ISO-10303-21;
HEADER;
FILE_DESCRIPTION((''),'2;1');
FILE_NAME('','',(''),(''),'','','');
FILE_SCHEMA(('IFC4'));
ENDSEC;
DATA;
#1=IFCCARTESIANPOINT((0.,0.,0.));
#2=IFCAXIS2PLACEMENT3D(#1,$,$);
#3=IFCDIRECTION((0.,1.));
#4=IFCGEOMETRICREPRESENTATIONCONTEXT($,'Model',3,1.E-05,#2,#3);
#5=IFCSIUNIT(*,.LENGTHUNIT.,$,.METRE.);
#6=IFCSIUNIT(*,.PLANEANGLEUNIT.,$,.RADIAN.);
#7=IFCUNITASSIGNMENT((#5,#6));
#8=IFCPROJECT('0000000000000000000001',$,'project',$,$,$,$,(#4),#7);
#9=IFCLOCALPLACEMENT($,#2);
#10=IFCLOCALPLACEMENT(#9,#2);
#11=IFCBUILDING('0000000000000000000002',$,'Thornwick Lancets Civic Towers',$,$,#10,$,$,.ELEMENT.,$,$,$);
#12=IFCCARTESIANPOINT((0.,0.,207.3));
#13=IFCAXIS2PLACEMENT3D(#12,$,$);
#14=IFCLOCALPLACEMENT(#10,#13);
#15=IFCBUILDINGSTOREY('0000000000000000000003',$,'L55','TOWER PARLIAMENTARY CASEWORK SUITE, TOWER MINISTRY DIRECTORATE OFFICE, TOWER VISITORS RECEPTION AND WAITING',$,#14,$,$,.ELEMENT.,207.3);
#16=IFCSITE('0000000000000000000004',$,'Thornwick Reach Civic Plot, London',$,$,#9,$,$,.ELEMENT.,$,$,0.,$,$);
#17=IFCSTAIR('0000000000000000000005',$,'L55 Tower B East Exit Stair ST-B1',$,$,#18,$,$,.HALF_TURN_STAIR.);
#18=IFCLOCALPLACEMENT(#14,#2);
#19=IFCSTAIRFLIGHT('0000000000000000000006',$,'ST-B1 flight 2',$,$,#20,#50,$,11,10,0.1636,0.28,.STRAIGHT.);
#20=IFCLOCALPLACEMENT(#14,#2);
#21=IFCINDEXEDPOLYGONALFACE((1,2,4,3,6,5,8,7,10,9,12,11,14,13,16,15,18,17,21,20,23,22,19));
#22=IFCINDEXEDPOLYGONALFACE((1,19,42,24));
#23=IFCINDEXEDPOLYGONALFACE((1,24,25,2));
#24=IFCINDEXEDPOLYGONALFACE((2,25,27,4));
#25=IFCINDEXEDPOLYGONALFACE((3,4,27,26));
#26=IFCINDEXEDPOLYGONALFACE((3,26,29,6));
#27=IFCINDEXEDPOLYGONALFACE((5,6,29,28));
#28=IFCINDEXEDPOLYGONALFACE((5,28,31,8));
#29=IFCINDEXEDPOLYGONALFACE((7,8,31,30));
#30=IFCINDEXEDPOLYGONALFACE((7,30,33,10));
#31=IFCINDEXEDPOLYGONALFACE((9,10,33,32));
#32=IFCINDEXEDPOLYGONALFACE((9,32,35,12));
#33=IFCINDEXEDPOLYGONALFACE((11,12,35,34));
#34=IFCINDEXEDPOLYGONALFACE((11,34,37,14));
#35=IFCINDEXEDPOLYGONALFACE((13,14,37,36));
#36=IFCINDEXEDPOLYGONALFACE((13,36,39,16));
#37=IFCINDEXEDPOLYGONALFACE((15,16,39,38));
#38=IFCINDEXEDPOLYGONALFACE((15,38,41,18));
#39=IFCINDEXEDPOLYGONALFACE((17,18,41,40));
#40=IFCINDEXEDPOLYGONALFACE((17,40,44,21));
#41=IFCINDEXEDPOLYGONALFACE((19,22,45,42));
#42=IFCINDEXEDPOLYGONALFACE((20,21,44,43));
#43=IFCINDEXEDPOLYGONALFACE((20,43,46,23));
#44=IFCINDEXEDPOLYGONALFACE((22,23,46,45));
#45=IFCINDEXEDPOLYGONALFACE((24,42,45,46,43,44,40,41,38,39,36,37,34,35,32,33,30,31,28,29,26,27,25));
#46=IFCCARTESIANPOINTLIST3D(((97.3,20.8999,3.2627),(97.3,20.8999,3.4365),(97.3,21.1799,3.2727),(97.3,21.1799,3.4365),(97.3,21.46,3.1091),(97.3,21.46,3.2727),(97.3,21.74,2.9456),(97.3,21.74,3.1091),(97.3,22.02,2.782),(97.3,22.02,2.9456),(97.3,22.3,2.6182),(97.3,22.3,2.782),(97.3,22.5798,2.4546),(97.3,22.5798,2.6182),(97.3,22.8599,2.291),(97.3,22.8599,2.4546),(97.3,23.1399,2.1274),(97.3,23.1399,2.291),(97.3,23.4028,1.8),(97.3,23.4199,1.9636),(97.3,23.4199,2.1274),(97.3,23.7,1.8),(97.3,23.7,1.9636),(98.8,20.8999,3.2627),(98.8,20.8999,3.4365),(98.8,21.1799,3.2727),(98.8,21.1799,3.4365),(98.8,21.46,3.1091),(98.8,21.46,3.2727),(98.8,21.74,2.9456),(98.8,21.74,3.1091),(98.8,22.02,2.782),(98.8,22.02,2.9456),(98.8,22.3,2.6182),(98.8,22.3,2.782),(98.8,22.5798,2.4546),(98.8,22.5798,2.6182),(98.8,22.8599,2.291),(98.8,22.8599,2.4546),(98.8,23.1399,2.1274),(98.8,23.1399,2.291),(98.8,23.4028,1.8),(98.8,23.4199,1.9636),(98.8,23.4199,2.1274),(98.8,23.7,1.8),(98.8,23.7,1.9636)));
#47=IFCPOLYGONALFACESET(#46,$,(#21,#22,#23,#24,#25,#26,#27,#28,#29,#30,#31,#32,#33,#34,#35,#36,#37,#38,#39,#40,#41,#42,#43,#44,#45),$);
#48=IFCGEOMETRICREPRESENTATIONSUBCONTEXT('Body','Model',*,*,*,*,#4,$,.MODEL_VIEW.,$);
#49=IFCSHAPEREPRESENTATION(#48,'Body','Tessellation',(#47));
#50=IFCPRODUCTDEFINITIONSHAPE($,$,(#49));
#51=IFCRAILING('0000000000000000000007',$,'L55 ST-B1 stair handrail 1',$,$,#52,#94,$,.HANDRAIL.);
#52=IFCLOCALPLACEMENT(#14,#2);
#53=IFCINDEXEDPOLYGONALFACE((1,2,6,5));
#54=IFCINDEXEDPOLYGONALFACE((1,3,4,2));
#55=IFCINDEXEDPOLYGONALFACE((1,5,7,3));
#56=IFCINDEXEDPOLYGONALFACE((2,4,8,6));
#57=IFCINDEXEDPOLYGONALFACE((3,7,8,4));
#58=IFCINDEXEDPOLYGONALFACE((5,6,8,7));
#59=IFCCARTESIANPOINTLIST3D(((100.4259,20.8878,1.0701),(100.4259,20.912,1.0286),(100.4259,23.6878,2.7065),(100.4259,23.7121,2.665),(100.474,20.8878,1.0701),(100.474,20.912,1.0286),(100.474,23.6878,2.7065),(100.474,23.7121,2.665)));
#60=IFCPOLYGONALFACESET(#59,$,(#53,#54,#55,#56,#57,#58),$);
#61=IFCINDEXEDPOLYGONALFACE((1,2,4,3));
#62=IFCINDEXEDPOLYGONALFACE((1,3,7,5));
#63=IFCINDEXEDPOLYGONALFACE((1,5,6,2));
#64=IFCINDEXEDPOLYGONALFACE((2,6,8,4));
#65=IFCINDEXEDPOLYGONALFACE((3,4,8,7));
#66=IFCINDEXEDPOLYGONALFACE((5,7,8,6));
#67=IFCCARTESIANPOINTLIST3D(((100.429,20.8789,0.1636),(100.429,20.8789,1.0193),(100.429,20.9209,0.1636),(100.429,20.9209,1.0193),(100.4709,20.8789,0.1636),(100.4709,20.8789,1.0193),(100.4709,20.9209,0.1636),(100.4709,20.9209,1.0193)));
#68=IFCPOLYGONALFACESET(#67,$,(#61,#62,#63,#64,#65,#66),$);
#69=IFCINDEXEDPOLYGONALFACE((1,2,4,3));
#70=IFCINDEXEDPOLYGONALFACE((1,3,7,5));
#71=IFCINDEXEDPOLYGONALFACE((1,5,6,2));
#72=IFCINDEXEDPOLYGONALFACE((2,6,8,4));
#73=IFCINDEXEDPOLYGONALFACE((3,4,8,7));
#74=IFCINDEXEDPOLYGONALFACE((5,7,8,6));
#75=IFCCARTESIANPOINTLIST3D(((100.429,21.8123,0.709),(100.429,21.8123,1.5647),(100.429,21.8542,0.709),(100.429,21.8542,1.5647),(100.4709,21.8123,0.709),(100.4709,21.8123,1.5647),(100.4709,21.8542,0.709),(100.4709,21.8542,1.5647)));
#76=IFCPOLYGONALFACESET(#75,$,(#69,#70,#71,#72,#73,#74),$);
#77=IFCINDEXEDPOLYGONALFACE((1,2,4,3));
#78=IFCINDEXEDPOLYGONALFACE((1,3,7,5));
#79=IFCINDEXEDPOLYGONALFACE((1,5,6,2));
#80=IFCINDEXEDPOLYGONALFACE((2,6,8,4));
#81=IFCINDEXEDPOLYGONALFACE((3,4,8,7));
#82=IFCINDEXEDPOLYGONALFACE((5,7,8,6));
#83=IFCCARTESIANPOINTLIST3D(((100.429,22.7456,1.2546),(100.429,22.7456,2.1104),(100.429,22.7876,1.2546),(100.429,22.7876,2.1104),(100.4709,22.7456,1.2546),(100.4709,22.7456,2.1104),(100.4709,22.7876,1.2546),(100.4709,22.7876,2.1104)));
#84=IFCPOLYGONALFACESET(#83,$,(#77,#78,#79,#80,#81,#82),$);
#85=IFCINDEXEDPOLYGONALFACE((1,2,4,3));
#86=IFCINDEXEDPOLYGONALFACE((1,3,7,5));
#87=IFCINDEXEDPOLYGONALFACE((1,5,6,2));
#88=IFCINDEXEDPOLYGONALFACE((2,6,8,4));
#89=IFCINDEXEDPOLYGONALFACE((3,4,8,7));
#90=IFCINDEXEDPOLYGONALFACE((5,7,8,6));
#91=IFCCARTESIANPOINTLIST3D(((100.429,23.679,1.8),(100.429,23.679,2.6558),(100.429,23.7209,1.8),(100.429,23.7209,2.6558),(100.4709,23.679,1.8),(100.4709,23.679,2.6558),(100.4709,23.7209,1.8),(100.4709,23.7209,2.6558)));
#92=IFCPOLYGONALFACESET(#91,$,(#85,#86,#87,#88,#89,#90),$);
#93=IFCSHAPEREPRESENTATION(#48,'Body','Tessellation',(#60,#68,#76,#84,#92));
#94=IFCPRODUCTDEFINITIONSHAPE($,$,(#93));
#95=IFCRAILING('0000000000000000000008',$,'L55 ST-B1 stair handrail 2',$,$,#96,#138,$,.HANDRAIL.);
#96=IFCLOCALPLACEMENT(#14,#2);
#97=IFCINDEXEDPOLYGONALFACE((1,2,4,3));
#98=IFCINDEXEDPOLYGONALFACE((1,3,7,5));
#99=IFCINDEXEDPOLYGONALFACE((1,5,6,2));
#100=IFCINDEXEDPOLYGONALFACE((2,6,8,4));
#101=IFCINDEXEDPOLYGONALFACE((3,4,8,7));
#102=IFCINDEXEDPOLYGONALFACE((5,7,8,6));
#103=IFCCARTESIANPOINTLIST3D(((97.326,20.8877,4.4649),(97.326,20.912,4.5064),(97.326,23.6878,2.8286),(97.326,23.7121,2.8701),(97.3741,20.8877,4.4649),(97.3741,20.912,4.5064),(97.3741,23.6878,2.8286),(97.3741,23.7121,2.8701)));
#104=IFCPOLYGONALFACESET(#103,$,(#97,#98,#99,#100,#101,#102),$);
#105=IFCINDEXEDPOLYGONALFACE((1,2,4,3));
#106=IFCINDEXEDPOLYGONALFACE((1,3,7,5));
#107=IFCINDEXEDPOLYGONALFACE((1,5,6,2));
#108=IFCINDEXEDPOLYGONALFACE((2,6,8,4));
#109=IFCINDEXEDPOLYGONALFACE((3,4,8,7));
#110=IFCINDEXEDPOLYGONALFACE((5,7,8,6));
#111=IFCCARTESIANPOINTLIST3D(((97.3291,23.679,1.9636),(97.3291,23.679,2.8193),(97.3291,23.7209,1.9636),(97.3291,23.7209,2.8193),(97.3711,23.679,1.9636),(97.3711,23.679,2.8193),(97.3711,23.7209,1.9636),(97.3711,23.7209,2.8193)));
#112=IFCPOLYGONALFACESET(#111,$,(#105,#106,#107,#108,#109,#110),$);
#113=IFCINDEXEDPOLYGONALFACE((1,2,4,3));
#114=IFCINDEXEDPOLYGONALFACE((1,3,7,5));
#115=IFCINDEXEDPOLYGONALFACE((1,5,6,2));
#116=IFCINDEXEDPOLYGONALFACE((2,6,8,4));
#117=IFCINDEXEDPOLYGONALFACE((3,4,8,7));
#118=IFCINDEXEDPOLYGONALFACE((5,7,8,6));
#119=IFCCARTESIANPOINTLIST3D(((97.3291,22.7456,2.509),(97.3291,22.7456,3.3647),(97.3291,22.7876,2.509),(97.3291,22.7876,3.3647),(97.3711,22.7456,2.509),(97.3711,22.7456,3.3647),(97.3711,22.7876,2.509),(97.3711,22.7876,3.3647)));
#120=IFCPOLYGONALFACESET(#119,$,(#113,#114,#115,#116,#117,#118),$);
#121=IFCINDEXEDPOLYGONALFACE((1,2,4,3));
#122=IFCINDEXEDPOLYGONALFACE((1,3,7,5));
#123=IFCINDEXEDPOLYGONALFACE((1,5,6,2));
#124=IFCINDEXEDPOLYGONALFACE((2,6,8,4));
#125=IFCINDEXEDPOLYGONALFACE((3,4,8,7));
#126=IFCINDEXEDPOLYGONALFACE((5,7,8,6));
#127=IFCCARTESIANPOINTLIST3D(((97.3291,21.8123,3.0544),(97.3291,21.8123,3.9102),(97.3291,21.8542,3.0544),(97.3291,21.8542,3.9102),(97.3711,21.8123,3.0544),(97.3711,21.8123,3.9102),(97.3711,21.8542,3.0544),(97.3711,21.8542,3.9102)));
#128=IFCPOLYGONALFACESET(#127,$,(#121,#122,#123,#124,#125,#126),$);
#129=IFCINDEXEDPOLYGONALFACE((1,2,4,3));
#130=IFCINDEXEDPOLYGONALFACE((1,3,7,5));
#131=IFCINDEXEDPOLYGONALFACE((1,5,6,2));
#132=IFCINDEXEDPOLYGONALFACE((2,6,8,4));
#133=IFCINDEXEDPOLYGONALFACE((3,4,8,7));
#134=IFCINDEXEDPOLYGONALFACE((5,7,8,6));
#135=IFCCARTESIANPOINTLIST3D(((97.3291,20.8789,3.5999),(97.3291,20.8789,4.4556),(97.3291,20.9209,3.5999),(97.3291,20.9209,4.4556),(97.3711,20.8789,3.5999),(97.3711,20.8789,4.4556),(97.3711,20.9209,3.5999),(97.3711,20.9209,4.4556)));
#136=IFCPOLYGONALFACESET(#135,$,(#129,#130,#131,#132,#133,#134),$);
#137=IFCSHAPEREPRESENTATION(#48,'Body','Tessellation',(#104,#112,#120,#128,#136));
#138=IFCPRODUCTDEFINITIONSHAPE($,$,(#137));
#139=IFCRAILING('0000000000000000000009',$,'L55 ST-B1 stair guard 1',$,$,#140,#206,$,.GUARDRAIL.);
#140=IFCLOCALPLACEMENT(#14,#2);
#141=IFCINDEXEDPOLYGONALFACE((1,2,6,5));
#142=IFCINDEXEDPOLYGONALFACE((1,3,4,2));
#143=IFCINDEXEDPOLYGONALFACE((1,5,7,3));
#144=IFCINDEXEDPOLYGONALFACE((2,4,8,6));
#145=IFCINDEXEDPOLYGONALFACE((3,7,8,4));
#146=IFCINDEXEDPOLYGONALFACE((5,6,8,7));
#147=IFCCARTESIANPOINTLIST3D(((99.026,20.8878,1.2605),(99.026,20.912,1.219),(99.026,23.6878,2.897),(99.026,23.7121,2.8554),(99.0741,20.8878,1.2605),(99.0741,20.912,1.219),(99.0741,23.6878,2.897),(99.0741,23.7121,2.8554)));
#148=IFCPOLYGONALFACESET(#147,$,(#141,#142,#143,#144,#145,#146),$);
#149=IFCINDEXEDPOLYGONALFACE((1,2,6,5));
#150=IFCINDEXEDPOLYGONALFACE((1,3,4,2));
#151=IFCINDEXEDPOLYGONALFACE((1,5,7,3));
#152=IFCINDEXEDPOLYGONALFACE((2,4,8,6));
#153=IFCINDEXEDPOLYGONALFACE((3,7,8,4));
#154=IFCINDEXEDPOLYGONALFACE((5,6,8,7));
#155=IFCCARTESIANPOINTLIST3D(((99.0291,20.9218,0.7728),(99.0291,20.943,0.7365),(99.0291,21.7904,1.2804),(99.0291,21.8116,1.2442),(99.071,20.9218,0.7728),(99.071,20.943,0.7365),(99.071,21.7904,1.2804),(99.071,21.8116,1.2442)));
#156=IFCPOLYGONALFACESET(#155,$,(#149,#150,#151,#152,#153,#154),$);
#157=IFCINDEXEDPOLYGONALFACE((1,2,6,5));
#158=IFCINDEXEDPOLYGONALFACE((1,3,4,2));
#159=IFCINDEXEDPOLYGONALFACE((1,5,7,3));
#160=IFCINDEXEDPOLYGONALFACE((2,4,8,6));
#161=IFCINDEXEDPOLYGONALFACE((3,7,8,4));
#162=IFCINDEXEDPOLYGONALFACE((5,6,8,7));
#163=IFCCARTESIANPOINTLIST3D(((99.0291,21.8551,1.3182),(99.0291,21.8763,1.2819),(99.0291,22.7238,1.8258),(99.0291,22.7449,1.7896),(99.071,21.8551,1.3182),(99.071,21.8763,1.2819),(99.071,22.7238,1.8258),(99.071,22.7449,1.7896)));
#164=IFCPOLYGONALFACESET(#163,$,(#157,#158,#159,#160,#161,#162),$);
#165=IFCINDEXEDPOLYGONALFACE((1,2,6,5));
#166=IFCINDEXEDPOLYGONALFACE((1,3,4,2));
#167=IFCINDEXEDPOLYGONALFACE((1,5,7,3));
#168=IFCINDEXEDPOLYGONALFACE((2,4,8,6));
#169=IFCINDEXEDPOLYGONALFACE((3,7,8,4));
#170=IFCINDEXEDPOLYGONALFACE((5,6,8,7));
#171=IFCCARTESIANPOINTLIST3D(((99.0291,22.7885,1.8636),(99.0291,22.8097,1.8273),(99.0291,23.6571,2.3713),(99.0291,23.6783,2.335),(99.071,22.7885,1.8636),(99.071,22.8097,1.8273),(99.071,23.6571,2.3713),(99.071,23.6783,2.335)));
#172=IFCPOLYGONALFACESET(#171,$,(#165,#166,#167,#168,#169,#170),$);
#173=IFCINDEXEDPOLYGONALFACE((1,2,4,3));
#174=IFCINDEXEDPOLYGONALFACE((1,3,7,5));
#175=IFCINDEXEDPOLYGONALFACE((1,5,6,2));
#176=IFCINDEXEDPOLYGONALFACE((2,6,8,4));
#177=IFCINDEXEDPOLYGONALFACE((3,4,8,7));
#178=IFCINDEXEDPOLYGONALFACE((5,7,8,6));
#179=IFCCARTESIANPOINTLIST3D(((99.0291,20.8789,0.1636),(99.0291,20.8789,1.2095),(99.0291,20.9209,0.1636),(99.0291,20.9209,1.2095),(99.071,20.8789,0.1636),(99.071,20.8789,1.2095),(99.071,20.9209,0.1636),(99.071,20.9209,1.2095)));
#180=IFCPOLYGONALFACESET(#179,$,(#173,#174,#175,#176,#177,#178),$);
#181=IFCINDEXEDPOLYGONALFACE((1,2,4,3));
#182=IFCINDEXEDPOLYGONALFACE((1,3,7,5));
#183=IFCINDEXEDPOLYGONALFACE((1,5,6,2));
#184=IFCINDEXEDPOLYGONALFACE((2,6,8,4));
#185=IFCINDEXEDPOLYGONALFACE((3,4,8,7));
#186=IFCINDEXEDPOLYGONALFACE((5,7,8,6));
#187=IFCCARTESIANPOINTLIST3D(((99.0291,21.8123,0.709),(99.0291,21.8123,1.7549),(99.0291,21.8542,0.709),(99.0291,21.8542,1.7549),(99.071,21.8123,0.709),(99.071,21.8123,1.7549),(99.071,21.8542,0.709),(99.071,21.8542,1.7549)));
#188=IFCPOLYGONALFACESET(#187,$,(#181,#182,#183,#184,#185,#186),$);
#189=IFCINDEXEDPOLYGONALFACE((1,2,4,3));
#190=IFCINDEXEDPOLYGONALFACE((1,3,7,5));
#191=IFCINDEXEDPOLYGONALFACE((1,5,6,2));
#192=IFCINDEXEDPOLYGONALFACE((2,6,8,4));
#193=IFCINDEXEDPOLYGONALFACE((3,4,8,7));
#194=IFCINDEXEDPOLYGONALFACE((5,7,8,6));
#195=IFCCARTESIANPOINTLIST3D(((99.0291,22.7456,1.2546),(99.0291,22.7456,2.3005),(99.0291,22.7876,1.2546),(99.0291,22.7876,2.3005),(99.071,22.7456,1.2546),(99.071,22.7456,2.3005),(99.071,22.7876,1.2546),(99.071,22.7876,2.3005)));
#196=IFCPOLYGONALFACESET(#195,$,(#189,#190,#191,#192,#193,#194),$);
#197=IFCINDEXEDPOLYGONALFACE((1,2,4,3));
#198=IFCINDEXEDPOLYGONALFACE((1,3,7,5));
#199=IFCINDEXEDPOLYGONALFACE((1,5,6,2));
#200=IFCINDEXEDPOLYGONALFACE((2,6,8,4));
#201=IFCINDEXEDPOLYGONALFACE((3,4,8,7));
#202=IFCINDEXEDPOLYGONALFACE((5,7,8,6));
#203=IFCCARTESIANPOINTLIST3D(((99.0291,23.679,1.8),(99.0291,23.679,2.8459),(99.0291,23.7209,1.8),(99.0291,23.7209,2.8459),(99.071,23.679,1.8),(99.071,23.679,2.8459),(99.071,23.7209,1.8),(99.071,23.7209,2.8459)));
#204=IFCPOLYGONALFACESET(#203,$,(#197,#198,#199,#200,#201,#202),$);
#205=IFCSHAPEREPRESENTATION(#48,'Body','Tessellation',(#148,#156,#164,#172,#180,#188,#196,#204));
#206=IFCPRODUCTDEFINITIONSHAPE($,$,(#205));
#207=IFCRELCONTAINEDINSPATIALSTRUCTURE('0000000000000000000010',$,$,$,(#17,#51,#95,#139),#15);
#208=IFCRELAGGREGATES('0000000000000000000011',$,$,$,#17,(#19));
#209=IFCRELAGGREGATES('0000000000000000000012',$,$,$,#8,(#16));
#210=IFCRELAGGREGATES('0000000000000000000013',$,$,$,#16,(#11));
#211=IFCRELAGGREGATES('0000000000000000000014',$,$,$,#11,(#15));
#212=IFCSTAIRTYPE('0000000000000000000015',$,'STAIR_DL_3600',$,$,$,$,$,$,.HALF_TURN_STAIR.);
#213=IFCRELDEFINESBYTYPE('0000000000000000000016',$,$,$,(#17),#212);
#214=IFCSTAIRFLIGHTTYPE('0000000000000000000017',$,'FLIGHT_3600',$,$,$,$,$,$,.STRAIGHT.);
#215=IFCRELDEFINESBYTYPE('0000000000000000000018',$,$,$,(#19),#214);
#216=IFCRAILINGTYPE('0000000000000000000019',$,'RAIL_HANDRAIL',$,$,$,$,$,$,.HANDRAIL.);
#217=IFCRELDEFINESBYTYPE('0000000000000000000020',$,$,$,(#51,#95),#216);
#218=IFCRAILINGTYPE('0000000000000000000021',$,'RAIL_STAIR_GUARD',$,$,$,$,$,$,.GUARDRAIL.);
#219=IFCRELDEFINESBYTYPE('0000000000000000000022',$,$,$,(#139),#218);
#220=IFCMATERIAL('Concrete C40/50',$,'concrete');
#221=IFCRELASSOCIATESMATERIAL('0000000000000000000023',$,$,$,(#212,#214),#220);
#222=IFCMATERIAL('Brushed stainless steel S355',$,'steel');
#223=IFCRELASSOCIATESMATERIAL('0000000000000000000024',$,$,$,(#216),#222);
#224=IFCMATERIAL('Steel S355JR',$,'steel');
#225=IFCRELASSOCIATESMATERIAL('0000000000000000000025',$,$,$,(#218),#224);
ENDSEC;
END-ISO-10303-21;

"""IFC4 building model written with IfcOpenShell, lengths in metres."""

from ifc_helpers import new_model, si_unit, direction, frame, origin, origin_2d, place, context, subcontext, project, spatial, polyline, rectangle, outline, extrude, material, type_object, element, aggregate, save


model = new_model("IFC4")

# Units and contexts
model_context = context("Model", 3, precision=1e-05, world=origin(), true_north=direction((0.0, 1.0)))
body_context = subcontext(model_context, "Body", "Model", "MODEL_VIEW")
ifc_project = project(units=[si_unit("LENGTHUNIT", "METRE"), si_unit("PLANEANGLEUNIT", "RADIAN")], contexts=[model_context])

# Site, building, storey
site_placement = place(None, origin())
site = spatial("IfcSite", under=ifc_project, at=site_placement, Name="Thornwick Reach Civic Plot, London", CompositionType="ELEMENT", RefElevation=0.0)
building_placement = place(site_placement, origin())
building = spatial("IfcBuilding", under=site, at=building_placement, Name="Thornwick Lancets Civic Towers", CompositionType="ELEMENT")
storey_placement = place(building_placement, frame((0.0, 0.0, 207.3)))
storey = spatial("IfcBuildingStorey", under=building, at=storey_placement, Name="L55", Description="TOWER PARLIAMENTARY CASEWORK SUITE, TOWER MINISTRY DIRECTORATE OFFICE, TOWER VISITORS RECEPTION AND WAITING", CompositionType="ELEMENT", Elevation=207.3)

# Shared definitions
ifc_material_1 = material(Name="Concrete C40/50", Category="concrete")

# Stair, stair flight
stair_type = type_object("IfcStairType", Name="STAIR_DL_3600", PredefinedType="HALF_TURN_STAIR", material=ifc_material_1)
stair_placement = place(storey_placement, origin())
stair = element("IfcStair", 1, at=stair_placement, inside=storey, type_object=stair_type, Name="L55 Tower B East Exit Stair ST-B1", PredefinedType="HALF_TURN_STAIR")
stair_flight_type = type_object("IfcStairFlightType", Name="FLIGHT_3600", PredefinedType="STRAIGHT", material=ifc_material_1)
stair_flight_1_placement = place(storey_placement, frame((98.05, 23.7, 1.8), z_axis=(0.0, 0.0, 1.0), x_axis=(0.0, -1.0, 0.0)))
stair_flight_1 = element("IfcStairFlight", 2, at=stair_flight_1_placement, type_object=stair_flight_type, Name="ST-B1 flight 2", NumberOfRisers=11, NumberOfTreads=10, PredefinedType="STRAIGHT", RiserHeight=0.1636, TreadLength=0.28, context=body_context, shape_type="SweptSolid", body=[
    extrude(outline(polyline([(0.0, 0.0), (0.0, 0.1636), (0.28, 0.1636), (0.28, 0.3274), (0.5601, 0.3274), (0.5601, 0.491), (0.8401, 0.491), (0.8401, 0.6545), (1.1201, 0.6545), (1.1201, 0.8181), (1.3999, 0.8181), (1.3999, 0.9819), (1.6799, 0.9819), (1.6799, 1.1455), (1.96, 1.1455), (1.96, 1.3091), (2.24, 1.3091), (2.24, 1.4727), (2.52, 1.4727), (2.52, 1.6365), (2.8, 1.6365), (2.8, 1.8), (2.8, 1.4626), (0.2971, 0.0), (0.0, 0.0)])), frame((0.0, 0.75, 0.0), z_axis=(0.0, -1.0, 0.0), x_axis=(1.0, 0.0, 0.0)), (0.0, 0.0, 1.0), 1.5),
])
aggregate(stair, [stair_flight_1])

# Railings
ifc_material_2 = material(Name="Brushed stainless steel S355", Category="steel")
railing_type_1 = type_object("IfcRailingType", Name="RAIL_HANDRAIL", PredefinedType="HANDRAIL", material=ifc_material_2)
railing_1_placement = place(storey_placement, frame((100.45, 20.8999, 0.1636)))
element("IfcRailing", 3, at=railing_1_placement, inside=storey, type_object=railing_type_1, Name="L55 ST-B1 stair handrail 1", PredefinedType="HANDRAIL", context=body_context, shape_type="SweptSolid", body=[
    extrude(rectangle(XDim=0.0481, YDim=0.0481, at=origin_2d()), frame((0.0, 0.0, 0.8857), z_axis=(0.0, 0.863361, 0.504587), x_axis=(-1.0, 0.0, 0.0)), (0.0, 0.0, 1.0), 3.2432),
    extrude(rectangle(XDim=0.042, YDim=0.042, at=origin_2d()), origin(), (0.0, 0.0, 1.0), 0.8557),
    extrude(rectangle(XDim=0.042, YDim=0.042, at=origin_2d()), frame((0.0, 0.9333, 0.5454)), (0.0, 0.0, 1.0), 0.8557),
    extrude(rectangle(XDim=0.042, YDim=0.042, at=origin_2d()), frame((0.0, 1.8667, 1.0911)), (0.0, 0.0, 1.0), 0.8557),
    extrude(rectangle(XDim=0.042, YDim=0.042, at=origin_2d()), frame((0.0, 2.8, 1.6365)), (0.0, 0.0, 1.0), 0.8557),
])
railing_2_placement = place(storey_placement, frame((97.3501, 23.7, 1.9636)))
element("IfcRailing", 4, at=railing_2_placement, inside=storey, type_object=railing_type_1, Name="L55 ST-B1 stair handrail 2", PredefinedType="HANDRAIL", context=body_context, shape_type="SweptSolid", body=[
    extrude(rectangle(XDim=0.0481, YDim=0.0481, at=origin_2d()), frame((0.0, 0.0, 0.8857), z_axis=(0.0, -0.863394, 0.504531), x_axis=(1.0, 0.0, 0.0)), (0.0, 0.0, 1.0), 3.2432),
    extrude(rectangle(XDim=0.042, YDim=0.042, at=origin_2d()), origin(), (0.0, 0.0, 1.0), 0.8557),
    extrude(rectangle(XDim=0.042, YDim=0.042, at=origin_2d()), frame((0.0, -0.9333, 0.5454)), (0.0, 0.0, 1.0), 0.8557),
    extrude(rectangle(XDim=0.042, YDim=0.042, at=origin_2d()), frame((0.0, -1.8667, 1.0908)), (0.0, 0.0, 1.0), 0.8557),
    extrude(rectangle(XDim=0.042, YDim=0.042, at=origin_2d()), frame((0.0, -2.8, 1.6362)), (0.0, 0.0, 1.0), 0.8557),
])
ifc_material_3 = material(Name="Steel S355JR", Category="steel")
railing_type_2 = type_object("IfcRailingType", Name="RAIL_STAIR_GUARD", PredefinedType="GUARDRAIL", material=ifc_material_3)
railing_3_placement = place(storey_placement, frame((99.05, 20.8999, 0.1636)))
element("IfcRailing", 5, at=railing_3_placement, inside=storey, type_object=railing_type_2, Name="L55 ST-B1 stair guard 1", PredefinedType="GUARDRAIL", context=body_context, shape_type="SweptSolid", body=[
    extrude(rectangle(XDim=0.0481, YDim=0.0481, at=origin_2d()), frame((0.0, 0.0, 1.0762), z_axis=(0.0, 0.863361, 0.504587), x_axis=(-1.0, 0.0, 0.0)), (0.0, 0.0, 1.0), 3.2432),
    extrude(rectangle(XDim=0.042, YDim=0.042, at=origin_2d()), frame((0.0, 0.0325, 0.5911), z_axis=(0.0, 0.863361, 0.504587), x_axis=(-1.0, 0.0, 0.0)), (0.0, 0.0, 1.0), 1.0061),
    extrude(rectangle(XDim=0.042, YDim=0.042, at=origin_2d()), frame((0.0, 0.9658, 1.1365), z_axis=(0.0, 0.863361, 0.504587), x_axis=(-1.0, 0.0, 0.0)), (0.0, 0.0, 1.0), 1.0061),
    extrude(rectangle(XDim=0.042, YDim=0.042, at=origin_2d()), frame((0.0, 1.8992, 1.6819), z_axis=(0.0, 0.863361, 0.504587), x_axis=(-1.0, 0.0, 0.0)), (0.0, 0.0, 1.0), 1.0061),
    extrude(rectangle(XDim=0.042, YDim=0.042, at=origin_2d()), origin(), (0.0, 0.0, 1.0), 1.0459),
    extrude(rectangle(XDim=0.042, YDim=0.042, at=origin_2d()), frame((0.0, 0.9333, 0.5454)), (0.0, 0.0, 1.0), 1.0459),
    extrude(rectangle(XDim=0.042, YDim=0.042, at=origin_2d()), frame((0.0, 1.8667, 1.0911)), (0.0, 0.0, 1.0), 1.0459),
    extrude(rectangle(XDim=0.042, YDim=0.042, at=origin_2d()), frame((0.0, 2.8, 1.6365)), (0.0, 0.0, 1.0), 1.0459),
])

save(model, "model.ifc")
